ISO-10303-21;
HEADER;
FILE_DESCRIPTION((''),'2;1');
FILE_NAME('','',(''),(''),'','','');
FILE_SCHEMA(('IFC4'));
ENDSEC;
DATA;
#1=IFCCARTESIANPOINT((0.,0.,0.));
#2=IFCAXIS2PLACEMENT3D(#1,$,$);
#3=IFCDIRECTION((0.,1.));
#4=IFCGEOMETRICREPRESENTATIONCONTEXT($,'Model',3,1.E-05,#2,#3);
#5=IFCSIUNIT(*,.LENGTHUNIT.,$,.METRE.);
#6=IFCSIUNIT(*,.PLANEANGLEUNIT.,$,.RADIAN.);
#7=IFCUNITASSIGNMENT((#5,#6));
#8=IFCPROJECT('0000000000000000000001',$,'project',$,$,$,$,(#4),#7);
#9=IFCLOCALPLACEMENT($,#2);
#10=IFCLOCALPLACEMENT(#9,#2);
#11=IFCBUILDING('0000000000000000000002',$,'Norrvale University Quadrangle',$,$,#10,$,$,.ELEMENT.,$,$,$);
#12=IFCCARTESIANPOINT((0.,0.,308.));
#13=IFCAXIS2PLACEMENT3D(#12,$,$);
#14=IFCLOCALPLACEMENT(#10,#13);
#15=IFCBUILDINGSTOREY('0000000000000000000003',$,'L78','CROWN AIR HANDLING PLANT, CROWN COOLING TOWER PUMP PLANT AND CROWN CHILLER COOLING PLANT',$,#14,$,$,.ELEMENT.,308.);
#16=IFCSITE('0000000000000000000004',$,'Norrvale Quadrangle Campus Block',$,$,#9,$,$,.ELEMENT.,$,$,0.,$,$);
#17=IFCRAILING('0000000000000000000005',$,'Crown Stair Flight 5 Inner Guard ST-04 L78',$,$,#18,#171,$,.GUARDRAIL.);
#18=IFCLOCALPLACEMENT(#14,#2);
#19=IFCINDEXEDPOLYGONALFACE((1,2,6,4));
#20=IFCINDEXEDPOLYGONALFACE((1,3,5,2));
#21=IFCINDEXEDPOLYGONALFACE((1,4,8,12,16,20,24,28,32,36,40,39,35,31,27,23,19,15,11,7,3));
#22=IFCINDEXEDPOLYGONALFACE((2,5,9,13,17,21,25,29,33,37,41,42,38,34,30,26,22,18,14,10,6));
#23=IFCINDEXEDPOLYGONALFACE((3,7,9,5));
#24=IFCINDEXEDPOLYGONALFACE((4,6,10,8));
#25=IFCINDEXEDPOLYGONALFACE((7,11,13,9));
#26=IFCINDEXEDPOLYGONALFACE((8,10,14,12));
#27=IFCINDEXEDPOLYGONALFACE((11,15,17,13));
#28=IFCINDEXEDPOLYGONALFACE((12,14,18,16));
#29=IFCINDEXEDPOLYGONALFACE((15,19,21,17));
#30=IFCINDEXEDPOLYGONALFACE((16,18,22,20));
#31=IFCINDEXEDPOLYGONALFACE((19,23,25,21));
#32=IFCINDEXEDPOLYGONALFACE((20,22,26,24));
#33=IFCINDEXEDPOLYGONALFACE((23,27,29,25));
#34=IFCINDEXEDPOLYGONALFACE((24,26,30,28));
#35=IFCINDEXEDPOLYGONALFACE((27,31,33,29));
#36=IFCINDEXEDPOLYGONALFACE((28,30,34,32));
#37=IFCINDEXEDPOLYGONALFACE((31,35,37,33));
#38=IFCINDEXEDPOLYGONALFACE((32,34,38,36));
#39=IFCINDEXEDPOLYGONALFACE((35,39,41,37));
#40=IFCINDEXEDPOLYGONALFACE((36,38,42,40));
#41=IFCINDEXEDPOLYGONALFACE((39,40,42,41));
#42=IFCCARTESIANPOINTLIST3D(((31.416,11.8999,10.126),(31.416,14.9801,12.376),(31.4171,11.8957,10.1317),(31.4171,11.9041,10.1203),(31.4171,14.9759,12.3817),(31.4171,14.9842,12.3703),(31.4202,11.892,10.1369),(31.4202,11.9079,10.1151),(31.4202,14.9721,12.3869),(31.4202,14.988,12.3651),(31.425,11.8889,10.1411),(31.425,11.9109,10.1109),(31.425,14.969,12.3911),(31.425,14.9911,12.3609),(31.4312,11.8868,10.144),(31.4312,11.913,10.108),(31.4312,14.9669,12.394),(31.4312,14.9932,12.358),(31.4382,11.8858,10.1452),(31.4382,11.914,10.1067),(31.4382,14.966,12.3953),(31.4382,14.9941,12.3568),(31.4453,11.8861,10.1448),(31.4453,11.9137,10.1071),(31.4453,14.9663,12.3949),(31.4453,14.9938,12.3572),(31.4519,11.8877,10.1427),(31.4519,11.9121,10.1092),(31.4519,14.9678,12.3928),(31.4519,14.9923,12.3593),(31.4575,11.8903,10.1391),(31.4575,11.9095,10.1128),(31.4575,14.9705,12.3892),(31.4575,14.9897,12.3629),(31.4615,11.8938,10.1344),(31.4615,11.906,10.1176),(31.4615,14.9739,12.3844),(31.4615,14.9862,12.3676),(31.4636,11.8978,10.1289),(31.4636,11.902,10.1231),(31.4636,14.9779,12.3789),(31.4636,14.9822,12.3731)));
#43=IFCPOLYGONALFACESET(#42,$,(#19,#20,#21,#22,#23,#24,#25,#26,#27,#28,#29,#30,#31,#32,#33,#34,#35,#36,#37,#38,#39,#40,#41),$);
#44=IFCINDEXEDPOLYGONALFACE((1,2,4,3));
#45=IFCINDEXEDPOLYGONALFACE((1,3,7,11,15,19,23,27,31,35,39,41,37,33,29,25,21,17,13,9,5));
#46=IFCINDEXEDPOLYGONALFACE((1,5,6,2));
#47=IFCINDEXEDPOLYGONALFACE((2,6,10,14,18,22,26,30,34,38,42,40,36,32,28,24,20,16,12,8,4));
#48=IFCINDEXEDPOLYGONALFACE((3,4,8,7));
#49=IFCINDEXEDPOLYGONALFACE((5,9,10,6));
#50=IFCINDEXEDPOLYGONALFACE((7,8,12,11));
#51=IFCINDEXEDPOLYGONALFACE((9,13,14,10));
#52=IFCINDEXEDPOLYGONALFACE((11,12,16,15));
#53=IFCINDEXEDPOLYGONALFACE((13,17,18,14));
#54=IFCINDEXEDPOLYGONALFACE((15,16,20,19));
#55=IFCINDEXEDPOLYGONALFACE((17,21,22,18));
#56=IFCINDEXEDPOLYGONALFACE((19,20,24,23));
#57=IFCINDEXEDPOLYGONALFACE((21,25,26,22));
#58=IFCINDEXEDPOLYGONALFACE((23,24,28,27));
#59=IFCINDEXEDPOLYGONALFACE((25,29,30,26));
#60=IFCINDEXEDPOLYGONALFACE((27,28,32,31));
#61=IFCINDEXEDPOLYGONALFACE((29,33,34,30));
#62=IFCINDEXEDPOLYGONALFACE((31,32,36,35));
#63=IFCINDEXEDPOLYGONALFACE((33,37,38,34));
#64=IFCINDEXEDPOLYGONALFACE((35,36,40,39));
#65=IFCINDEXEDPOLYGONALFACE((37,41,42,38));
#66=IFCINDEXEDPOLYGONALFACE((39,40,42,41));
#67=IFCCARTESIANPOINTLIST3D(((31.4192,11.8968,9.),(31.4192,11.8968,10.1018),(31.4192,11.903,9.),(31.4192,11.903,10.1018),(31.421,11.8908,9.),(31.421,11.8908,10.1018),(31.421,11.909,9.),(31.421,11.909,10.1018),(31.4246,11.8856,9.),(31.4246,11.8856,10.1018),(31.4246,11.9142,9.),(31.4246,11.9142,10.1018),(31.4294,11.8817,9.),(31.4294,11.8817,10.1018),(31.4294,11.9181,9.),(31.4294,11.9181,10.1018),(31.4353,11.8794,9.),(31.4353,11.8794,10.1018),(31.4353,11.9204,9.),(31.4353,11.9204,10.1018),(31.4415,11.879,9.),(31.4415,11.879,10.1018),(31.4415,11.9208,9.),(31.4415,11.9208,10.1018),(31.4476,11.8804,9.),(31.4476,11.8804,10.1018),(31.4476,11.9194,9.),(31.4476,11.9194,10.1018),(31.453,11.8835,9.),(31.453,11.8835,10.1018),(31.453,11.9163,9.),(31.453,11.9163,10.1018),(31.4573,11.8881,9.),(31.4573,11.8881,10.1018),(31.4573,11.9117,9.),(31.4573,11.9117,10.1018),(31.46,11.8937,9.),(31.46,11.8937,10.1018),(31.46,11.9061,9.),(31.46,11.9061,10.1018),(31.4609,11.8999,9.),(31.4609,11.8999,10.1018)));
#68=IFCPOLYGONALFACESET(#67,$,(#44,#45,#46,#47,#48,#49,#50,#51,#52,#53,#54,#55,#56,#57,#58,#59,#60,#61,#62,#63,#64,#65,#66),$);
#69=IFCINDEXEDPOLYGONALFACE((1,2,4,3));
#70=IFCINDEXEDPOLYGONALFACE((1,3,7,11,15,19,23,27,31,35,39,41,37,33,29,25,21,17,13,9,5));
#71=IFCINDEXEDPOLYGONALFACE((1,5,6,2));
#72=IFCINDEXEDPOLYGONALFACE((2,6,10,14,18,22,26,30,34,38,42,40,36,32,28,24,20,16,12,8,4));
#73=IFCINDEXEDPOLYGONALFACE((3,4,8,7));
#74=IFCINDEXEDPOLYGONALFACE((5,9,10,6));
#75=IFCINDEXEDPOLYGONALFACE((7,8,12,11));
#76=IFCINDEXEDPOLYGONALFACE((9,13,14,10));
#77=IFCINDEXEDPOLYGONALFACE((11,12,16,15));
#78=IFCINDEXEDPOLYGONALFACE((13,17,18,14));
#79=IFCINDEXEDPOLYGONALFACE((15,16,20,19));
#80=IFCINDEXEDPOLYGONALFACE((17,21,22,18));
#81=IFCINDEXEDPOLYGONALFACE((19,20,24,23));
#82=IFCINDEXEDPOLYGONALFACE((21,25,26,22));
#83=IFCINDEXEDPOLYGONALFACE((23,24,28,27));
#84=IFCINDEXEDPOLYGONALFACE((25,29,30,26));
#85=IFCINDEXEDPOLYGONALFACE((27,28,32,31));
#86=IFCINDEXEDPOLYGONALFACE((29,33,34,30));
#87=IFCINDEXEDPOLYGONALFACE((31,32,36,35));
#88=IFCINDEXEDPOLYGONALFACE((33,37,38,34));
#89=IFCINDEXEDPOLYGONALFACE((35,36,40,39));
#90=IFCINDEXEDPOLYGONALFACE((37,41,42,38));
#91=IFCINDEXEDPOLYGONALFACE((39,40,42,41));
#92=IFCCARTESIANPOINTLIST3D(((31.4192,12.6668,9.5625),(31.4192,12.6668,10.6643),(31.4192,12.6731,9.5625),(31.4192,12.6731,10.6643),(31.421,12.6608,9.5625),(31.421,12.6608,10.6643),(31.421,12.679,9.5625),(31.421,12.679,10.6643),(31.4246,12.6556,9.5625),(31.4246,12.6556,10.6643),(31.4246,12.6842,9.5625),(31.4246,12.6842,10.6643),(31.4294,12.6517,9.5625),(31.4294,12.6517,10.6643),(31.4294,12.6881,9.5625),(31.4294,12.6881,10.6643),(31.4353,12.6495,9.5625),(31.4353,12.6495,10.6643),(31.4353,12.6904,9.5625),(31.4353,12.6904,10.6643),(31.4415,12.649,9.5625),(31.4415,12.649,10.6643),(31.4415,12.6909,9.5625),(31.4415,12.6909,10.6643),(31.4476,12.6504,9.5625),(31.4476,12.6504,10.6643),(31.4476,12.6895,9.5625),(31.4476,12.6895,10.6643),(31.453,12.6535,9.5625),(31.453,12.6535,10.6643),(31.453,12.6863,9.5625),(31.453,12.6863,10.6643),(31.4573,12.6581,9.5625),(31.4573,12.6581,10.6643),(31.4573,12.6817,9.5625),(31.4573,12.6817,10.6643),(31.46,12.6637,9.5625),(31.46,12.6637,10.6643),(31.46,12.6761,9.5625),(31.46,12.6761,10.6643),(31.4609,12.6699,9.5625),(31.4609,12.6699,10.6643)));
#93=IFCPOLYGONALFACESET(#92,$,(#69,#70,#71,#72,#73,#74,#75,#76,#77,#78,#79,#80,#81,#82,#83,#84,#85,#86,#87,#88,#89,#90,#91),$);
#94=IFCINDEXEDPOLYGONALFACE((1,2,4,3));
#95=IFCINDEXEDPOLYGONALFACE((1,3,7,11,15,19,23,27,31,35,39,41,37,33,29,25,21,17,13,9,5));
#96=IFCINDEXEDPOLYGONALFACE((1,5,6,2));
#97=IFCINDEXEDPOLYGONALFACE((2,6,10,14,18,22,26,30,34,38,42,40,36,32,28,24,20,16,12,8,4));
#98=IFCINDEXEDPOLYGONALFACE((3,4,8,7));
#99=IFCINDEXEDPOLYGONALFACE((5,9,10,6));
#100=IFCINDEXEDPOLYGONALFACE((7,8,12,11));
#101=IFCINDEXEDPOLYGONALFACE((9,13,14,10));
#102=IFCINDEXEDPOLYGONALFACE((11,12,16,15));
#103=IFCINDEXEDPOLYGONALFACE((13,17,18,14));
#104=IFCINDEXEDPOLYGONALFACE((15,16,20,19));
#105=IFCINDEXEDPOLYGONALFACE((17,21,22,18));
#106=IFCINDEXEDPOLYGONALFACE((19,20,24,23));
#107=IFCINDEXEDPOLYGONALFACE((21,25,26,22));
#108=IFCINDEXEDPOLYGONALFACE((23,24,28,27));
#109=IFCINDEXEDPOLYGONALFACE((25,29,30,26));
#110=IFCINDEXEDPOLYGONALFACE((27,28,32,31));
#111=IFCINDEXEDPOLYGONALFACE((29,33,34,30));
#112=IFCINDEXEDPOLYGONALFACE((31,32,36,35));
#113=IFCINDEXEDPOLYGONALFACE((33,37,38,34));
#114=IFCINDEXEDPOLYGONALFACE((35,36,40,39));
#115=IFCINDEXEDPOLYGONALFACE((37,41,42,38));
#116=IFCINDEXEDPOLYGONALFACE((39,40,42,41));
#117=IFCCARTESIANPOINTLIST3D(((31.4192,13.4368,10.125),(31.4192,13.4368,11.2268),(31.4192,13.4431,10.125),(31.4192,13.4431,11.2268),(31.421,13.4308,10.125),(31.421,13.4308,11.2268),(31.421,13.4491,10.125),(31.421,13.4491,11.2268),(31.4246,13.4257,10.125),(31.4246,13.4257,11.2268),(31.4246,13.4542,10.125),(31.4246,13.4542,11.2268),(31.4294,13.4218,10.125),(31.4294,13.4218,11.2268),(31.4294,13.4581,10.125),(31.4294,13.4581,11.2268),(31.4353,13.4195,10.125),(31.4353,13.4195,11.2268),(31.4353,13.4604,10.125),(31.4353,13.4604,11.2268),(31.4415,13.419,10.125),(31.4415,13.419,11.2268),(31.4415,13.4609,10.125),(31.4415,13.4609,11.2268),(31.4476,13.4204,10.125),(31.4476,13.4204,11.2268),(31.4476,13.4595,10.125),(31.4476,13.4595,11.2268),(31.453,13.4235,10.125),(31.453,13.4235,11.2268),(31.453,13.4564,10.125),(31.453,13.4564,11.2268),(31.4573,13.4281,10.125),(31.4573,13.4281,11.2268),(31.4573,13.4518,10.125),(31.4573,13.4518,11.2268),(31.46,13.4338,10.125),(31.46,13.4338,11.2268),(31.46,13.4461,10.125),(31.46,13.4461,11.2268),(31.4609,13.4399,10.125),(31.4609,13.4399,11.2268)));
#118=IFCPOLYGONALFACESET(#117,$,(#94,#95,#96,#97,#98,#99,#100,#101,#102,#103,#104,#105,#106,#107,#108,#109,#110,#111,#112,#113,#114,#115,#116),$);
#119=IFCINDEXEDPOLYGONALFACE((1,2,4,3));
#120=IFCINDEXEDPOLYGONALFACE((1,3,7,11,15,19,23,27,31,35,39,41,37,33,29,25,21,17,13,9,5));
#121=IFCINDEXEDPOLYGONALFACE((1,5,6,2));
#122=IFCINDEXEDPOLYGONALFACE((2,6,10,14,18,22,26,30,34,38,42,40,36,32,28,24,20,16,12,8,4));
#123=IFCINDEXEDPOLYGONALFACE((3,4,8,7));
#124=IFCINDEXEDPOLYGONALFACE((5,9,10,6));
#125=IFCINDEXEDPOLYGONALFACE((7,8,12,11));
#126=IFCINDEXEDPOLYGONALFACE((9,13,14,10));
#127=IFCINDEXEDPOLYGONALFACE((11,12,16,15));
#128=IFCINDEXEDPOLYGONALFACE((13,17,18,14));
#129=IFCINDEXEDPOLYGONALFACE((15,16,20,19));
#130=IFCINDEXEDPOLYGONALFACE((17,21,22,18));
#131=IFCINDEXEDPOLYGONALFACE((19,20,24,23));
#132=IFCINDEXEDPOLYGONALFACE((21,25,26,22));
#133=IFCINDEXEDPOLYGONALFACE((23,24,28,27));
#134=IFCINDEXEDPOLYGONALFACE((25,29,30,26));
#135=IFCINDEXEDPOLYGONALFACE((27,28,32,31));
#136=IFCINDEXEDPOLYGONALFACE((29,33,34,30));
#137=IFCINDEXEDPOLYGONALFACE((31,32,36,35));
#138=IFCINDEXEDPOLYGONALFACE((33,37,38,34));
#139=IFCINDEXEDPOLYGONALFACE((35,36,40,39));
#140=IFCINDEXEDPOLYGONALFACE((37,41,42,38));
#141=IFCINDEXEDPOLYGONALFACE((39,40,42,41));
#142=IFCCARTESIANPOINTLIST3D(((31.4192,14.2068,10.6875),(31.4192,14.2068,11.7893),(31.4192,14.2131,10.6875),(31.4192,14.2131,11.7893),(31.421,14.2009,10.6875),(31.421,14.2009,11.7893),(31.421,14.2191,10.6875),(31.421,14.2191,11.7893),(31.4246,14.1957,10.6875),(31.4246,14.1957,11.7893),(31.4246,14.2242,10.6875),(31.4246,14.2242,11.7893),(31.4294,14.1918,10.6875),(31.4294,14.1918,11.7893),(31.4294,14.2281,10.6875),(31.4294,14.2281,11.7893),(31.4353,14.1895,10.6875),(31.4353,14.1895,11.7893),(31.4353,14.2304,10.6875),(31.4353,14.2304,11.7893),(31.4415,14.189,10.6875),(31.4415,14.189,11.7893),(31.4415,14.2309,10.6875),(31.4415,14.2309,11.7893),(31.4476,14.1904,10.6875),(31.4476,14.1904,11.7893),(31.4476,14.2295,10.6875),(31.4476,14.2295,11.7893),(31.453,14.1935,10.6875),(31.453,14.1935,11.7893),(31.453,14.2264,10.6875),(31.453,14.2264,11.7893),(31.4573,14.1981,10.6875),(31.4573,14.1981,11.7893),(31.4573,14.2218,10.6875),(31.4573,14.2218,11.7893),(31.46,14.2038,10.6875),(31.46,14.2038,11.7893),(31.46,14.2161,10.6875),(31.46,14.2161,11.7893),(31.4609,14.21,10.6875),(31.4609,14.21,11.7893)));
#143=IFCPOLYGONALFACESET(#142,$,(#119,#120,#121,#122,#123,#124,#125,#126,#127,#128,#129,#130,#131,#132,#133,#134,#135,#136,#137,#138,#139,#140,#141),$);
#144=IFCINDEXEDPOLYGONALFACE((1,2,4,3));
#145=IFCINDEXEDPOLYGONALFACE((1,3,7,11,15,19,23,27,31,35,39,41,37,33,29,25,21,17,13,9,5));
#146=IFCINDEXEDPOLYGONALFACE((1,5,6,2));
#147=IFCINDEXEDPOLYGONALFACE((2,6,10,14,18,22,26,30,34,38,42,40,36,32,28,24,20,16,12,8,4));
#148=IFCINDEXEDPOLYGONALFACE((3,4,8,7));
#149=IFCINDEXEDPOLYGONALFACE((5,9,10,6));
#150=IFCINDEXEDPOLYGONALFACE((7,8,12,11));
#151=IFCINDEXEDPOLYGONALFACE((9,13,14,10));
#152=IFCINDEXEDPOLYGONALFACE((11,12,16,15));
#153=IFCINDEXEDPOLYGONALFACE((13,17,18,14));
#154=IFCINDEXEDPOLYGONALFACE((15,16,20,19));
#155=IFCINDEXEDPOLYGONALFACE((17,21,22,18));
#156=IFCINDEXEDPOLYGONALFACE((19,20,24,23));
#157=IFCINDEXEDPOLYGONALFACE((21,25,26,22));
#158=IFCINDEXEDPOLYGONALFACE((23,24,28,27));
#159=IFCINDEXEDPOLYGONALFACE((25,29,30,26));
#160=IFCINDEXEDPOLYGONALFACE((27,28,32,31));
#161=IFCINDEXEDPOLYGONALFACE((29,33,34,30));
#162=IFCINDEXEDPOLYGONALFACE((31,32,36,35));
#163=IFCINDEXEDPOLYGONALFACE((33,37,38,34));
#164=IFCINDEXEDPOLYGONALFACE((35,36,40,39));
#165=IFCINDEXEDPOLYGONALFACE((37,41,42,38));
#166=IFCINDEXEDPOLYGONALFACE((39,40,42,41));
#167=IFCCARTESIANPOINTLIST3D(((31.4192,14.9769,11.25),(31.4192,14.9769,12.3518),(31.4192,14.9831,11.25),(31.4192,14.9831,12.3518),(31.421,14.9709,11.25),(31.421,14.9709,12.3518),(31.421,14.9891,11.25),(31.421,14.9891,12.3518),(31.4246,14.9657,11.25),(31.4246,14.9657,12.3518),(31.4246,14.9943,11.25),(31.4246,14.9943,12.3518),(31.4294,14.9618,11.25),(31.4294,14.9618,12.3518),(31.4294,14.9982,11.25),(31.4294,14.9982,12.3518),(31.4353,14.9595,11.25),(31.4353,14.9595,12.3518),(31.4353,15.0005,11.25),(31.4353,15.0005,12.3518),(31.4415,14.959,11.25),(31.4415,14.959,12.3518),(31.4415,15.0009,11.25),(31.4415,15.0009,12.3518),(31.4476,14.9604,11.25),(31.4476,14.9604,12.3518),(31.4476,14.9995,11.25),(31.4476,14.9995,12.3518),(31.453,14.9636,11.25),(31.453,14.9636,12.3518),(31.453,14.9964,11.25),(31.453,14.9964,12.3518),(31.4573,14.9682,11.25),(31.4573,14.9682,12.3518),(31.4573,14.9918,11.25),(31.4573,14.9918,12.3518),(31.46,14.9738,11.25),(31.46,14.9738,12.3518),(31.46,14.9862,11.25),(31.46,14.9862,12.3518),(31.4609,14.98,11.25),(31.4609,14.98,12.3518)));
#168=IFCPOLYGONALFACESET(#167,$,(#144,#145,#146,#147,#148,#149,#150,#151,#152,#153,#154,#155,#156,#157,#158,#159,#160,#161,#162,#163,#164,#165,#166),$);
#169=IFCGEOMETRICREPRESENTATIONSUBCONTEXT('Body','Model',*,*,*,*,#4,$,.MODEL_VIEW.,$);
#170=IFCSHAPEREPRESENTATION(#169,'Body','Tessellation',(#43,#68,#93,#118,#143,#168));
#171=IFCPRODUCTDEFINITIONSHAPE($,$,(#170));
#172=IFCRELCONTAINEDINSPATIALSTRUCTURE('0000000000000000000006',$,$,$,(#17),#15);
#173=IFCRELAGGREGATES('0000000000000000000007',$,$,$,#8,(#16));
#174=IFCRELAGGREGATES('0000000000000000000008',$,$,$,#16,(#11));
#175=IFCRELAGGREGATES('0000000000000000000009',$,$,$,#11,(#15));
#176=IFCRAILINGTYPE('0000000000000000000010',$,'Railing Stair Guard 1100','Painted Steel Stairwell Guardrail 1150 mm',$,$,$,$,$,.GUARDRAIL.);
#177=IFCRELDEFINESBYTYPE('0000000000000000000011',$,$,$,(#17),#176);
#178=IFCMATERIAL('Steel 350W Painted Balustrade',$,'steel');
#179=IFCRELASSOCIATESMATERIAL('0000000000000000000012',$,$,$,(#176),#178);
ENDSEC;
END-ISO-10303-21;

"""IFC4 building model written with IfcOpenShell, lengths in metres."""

from ifc_helpers import new_model, si_unit, direction, frame, origin, origin_2d, place, context, subcontext, project, spatial, circle, extrude, material, type_object, element, save


model = new_model("IFC4")

# Units and contexts
model_context = context("Model", 3, precision=1e-05, world=origin(), true_north=direction((0.0, 1.0)))
body_context = subcontext(model_context, "Body", "Model", "MODEL_VIEW")
ifc_project = project(units=[si_unit("LENGTHUNIT", "METRE"), si_unit("PLANEANGLEUNIT", "RADIAN")], contexts=[model_context])

# Site, building, storey
site_placement = place(None, origin())
site = spatial("IfcSite", under=ifc_project, at=site_placement, Name="Norrvale Quadrangle Campus Block", CompositionType="ELEMENT", RefElevation=0.0)
building_placement = place(site_placement, origin())
building = spatial("IfcBuilding", under=site, at=building_placement, Name="Norrvale University Quadrangle", CompositionType="ELEMENT")
storey_placement = place(building_placement, frame((0.0, 0.0, 308.0)))
storey = spatial("IfcBuildingStorey", under=building, at=storey_placement, Name="L78", Description="CROWN AIR HANDLING PLANT, CROWN COOLING TOWER PUMP PLANT AND CROWN CHILLER COOLING PLANT", CompositionType="ELEMENT", Elevation=308.0)

# Railing
ifc_material_1 = material(Name="Steel 350W Painted Balustrade", Category="steel")
railing_type_1 = type_object("IfcRailingType", Name="Railing Stair Guard 1100", Description="Painted Steel Stairwell Guardrail 1150 mm", PredefinedType="GUARDRAIL", material=ifc_material_1)
railing_1_placement = place(storey_placement, frame((31.4399, 11.8999, 9.0)))
element("IfcRailing", 1, at=railing_1_placement, inside=storey, type_object=railing_type_1, Name="Crown Stair Flight 5 Inner Guard ST-04 L78", PredefinedType="GUARDRAIL", context=body_context, shape_type="SweptSolid", body=[
    extrude(circle(Radius=0.0239, at=origin_2d()), frame((0.0, 0.0, 1.126), z_axis=(0.0, 0.807494, 0.589875), x_axis=(-1.0, 0.0, 0.0)), (0.0, 0.0, 1.0), 3.8145),
    extrude(circle(Radius=0.021, at=origin_2d()), origin(), (0.0, 0.0, 1.0), 1.1018),
    extrude(circle(Radius=0.021, at=origin_2d()), frame((0.0, 0.77, 0.5625)), (0.0, 0.0, 1.0), 1.1018),
    extrude(circle(Radius=0.021, at=origin_2d()), frame((0.0, 1.54, 1.125)), (0.0, 0.0, 1.0), 1.1018),
    extrude(circle(Radius=0.021, at=origin_2d()), frame((0.0, 2.3101, 1.6875)), (0.0, 0.0, 1.0), 1.1018),
    extrude(circle(Radius=0.021, at=origin_2d()), frame((0.0, 3.0801, 2.25)), (0.0, 0.0, 1.0), 1.1018),
])

save(model, "model.ifc")
